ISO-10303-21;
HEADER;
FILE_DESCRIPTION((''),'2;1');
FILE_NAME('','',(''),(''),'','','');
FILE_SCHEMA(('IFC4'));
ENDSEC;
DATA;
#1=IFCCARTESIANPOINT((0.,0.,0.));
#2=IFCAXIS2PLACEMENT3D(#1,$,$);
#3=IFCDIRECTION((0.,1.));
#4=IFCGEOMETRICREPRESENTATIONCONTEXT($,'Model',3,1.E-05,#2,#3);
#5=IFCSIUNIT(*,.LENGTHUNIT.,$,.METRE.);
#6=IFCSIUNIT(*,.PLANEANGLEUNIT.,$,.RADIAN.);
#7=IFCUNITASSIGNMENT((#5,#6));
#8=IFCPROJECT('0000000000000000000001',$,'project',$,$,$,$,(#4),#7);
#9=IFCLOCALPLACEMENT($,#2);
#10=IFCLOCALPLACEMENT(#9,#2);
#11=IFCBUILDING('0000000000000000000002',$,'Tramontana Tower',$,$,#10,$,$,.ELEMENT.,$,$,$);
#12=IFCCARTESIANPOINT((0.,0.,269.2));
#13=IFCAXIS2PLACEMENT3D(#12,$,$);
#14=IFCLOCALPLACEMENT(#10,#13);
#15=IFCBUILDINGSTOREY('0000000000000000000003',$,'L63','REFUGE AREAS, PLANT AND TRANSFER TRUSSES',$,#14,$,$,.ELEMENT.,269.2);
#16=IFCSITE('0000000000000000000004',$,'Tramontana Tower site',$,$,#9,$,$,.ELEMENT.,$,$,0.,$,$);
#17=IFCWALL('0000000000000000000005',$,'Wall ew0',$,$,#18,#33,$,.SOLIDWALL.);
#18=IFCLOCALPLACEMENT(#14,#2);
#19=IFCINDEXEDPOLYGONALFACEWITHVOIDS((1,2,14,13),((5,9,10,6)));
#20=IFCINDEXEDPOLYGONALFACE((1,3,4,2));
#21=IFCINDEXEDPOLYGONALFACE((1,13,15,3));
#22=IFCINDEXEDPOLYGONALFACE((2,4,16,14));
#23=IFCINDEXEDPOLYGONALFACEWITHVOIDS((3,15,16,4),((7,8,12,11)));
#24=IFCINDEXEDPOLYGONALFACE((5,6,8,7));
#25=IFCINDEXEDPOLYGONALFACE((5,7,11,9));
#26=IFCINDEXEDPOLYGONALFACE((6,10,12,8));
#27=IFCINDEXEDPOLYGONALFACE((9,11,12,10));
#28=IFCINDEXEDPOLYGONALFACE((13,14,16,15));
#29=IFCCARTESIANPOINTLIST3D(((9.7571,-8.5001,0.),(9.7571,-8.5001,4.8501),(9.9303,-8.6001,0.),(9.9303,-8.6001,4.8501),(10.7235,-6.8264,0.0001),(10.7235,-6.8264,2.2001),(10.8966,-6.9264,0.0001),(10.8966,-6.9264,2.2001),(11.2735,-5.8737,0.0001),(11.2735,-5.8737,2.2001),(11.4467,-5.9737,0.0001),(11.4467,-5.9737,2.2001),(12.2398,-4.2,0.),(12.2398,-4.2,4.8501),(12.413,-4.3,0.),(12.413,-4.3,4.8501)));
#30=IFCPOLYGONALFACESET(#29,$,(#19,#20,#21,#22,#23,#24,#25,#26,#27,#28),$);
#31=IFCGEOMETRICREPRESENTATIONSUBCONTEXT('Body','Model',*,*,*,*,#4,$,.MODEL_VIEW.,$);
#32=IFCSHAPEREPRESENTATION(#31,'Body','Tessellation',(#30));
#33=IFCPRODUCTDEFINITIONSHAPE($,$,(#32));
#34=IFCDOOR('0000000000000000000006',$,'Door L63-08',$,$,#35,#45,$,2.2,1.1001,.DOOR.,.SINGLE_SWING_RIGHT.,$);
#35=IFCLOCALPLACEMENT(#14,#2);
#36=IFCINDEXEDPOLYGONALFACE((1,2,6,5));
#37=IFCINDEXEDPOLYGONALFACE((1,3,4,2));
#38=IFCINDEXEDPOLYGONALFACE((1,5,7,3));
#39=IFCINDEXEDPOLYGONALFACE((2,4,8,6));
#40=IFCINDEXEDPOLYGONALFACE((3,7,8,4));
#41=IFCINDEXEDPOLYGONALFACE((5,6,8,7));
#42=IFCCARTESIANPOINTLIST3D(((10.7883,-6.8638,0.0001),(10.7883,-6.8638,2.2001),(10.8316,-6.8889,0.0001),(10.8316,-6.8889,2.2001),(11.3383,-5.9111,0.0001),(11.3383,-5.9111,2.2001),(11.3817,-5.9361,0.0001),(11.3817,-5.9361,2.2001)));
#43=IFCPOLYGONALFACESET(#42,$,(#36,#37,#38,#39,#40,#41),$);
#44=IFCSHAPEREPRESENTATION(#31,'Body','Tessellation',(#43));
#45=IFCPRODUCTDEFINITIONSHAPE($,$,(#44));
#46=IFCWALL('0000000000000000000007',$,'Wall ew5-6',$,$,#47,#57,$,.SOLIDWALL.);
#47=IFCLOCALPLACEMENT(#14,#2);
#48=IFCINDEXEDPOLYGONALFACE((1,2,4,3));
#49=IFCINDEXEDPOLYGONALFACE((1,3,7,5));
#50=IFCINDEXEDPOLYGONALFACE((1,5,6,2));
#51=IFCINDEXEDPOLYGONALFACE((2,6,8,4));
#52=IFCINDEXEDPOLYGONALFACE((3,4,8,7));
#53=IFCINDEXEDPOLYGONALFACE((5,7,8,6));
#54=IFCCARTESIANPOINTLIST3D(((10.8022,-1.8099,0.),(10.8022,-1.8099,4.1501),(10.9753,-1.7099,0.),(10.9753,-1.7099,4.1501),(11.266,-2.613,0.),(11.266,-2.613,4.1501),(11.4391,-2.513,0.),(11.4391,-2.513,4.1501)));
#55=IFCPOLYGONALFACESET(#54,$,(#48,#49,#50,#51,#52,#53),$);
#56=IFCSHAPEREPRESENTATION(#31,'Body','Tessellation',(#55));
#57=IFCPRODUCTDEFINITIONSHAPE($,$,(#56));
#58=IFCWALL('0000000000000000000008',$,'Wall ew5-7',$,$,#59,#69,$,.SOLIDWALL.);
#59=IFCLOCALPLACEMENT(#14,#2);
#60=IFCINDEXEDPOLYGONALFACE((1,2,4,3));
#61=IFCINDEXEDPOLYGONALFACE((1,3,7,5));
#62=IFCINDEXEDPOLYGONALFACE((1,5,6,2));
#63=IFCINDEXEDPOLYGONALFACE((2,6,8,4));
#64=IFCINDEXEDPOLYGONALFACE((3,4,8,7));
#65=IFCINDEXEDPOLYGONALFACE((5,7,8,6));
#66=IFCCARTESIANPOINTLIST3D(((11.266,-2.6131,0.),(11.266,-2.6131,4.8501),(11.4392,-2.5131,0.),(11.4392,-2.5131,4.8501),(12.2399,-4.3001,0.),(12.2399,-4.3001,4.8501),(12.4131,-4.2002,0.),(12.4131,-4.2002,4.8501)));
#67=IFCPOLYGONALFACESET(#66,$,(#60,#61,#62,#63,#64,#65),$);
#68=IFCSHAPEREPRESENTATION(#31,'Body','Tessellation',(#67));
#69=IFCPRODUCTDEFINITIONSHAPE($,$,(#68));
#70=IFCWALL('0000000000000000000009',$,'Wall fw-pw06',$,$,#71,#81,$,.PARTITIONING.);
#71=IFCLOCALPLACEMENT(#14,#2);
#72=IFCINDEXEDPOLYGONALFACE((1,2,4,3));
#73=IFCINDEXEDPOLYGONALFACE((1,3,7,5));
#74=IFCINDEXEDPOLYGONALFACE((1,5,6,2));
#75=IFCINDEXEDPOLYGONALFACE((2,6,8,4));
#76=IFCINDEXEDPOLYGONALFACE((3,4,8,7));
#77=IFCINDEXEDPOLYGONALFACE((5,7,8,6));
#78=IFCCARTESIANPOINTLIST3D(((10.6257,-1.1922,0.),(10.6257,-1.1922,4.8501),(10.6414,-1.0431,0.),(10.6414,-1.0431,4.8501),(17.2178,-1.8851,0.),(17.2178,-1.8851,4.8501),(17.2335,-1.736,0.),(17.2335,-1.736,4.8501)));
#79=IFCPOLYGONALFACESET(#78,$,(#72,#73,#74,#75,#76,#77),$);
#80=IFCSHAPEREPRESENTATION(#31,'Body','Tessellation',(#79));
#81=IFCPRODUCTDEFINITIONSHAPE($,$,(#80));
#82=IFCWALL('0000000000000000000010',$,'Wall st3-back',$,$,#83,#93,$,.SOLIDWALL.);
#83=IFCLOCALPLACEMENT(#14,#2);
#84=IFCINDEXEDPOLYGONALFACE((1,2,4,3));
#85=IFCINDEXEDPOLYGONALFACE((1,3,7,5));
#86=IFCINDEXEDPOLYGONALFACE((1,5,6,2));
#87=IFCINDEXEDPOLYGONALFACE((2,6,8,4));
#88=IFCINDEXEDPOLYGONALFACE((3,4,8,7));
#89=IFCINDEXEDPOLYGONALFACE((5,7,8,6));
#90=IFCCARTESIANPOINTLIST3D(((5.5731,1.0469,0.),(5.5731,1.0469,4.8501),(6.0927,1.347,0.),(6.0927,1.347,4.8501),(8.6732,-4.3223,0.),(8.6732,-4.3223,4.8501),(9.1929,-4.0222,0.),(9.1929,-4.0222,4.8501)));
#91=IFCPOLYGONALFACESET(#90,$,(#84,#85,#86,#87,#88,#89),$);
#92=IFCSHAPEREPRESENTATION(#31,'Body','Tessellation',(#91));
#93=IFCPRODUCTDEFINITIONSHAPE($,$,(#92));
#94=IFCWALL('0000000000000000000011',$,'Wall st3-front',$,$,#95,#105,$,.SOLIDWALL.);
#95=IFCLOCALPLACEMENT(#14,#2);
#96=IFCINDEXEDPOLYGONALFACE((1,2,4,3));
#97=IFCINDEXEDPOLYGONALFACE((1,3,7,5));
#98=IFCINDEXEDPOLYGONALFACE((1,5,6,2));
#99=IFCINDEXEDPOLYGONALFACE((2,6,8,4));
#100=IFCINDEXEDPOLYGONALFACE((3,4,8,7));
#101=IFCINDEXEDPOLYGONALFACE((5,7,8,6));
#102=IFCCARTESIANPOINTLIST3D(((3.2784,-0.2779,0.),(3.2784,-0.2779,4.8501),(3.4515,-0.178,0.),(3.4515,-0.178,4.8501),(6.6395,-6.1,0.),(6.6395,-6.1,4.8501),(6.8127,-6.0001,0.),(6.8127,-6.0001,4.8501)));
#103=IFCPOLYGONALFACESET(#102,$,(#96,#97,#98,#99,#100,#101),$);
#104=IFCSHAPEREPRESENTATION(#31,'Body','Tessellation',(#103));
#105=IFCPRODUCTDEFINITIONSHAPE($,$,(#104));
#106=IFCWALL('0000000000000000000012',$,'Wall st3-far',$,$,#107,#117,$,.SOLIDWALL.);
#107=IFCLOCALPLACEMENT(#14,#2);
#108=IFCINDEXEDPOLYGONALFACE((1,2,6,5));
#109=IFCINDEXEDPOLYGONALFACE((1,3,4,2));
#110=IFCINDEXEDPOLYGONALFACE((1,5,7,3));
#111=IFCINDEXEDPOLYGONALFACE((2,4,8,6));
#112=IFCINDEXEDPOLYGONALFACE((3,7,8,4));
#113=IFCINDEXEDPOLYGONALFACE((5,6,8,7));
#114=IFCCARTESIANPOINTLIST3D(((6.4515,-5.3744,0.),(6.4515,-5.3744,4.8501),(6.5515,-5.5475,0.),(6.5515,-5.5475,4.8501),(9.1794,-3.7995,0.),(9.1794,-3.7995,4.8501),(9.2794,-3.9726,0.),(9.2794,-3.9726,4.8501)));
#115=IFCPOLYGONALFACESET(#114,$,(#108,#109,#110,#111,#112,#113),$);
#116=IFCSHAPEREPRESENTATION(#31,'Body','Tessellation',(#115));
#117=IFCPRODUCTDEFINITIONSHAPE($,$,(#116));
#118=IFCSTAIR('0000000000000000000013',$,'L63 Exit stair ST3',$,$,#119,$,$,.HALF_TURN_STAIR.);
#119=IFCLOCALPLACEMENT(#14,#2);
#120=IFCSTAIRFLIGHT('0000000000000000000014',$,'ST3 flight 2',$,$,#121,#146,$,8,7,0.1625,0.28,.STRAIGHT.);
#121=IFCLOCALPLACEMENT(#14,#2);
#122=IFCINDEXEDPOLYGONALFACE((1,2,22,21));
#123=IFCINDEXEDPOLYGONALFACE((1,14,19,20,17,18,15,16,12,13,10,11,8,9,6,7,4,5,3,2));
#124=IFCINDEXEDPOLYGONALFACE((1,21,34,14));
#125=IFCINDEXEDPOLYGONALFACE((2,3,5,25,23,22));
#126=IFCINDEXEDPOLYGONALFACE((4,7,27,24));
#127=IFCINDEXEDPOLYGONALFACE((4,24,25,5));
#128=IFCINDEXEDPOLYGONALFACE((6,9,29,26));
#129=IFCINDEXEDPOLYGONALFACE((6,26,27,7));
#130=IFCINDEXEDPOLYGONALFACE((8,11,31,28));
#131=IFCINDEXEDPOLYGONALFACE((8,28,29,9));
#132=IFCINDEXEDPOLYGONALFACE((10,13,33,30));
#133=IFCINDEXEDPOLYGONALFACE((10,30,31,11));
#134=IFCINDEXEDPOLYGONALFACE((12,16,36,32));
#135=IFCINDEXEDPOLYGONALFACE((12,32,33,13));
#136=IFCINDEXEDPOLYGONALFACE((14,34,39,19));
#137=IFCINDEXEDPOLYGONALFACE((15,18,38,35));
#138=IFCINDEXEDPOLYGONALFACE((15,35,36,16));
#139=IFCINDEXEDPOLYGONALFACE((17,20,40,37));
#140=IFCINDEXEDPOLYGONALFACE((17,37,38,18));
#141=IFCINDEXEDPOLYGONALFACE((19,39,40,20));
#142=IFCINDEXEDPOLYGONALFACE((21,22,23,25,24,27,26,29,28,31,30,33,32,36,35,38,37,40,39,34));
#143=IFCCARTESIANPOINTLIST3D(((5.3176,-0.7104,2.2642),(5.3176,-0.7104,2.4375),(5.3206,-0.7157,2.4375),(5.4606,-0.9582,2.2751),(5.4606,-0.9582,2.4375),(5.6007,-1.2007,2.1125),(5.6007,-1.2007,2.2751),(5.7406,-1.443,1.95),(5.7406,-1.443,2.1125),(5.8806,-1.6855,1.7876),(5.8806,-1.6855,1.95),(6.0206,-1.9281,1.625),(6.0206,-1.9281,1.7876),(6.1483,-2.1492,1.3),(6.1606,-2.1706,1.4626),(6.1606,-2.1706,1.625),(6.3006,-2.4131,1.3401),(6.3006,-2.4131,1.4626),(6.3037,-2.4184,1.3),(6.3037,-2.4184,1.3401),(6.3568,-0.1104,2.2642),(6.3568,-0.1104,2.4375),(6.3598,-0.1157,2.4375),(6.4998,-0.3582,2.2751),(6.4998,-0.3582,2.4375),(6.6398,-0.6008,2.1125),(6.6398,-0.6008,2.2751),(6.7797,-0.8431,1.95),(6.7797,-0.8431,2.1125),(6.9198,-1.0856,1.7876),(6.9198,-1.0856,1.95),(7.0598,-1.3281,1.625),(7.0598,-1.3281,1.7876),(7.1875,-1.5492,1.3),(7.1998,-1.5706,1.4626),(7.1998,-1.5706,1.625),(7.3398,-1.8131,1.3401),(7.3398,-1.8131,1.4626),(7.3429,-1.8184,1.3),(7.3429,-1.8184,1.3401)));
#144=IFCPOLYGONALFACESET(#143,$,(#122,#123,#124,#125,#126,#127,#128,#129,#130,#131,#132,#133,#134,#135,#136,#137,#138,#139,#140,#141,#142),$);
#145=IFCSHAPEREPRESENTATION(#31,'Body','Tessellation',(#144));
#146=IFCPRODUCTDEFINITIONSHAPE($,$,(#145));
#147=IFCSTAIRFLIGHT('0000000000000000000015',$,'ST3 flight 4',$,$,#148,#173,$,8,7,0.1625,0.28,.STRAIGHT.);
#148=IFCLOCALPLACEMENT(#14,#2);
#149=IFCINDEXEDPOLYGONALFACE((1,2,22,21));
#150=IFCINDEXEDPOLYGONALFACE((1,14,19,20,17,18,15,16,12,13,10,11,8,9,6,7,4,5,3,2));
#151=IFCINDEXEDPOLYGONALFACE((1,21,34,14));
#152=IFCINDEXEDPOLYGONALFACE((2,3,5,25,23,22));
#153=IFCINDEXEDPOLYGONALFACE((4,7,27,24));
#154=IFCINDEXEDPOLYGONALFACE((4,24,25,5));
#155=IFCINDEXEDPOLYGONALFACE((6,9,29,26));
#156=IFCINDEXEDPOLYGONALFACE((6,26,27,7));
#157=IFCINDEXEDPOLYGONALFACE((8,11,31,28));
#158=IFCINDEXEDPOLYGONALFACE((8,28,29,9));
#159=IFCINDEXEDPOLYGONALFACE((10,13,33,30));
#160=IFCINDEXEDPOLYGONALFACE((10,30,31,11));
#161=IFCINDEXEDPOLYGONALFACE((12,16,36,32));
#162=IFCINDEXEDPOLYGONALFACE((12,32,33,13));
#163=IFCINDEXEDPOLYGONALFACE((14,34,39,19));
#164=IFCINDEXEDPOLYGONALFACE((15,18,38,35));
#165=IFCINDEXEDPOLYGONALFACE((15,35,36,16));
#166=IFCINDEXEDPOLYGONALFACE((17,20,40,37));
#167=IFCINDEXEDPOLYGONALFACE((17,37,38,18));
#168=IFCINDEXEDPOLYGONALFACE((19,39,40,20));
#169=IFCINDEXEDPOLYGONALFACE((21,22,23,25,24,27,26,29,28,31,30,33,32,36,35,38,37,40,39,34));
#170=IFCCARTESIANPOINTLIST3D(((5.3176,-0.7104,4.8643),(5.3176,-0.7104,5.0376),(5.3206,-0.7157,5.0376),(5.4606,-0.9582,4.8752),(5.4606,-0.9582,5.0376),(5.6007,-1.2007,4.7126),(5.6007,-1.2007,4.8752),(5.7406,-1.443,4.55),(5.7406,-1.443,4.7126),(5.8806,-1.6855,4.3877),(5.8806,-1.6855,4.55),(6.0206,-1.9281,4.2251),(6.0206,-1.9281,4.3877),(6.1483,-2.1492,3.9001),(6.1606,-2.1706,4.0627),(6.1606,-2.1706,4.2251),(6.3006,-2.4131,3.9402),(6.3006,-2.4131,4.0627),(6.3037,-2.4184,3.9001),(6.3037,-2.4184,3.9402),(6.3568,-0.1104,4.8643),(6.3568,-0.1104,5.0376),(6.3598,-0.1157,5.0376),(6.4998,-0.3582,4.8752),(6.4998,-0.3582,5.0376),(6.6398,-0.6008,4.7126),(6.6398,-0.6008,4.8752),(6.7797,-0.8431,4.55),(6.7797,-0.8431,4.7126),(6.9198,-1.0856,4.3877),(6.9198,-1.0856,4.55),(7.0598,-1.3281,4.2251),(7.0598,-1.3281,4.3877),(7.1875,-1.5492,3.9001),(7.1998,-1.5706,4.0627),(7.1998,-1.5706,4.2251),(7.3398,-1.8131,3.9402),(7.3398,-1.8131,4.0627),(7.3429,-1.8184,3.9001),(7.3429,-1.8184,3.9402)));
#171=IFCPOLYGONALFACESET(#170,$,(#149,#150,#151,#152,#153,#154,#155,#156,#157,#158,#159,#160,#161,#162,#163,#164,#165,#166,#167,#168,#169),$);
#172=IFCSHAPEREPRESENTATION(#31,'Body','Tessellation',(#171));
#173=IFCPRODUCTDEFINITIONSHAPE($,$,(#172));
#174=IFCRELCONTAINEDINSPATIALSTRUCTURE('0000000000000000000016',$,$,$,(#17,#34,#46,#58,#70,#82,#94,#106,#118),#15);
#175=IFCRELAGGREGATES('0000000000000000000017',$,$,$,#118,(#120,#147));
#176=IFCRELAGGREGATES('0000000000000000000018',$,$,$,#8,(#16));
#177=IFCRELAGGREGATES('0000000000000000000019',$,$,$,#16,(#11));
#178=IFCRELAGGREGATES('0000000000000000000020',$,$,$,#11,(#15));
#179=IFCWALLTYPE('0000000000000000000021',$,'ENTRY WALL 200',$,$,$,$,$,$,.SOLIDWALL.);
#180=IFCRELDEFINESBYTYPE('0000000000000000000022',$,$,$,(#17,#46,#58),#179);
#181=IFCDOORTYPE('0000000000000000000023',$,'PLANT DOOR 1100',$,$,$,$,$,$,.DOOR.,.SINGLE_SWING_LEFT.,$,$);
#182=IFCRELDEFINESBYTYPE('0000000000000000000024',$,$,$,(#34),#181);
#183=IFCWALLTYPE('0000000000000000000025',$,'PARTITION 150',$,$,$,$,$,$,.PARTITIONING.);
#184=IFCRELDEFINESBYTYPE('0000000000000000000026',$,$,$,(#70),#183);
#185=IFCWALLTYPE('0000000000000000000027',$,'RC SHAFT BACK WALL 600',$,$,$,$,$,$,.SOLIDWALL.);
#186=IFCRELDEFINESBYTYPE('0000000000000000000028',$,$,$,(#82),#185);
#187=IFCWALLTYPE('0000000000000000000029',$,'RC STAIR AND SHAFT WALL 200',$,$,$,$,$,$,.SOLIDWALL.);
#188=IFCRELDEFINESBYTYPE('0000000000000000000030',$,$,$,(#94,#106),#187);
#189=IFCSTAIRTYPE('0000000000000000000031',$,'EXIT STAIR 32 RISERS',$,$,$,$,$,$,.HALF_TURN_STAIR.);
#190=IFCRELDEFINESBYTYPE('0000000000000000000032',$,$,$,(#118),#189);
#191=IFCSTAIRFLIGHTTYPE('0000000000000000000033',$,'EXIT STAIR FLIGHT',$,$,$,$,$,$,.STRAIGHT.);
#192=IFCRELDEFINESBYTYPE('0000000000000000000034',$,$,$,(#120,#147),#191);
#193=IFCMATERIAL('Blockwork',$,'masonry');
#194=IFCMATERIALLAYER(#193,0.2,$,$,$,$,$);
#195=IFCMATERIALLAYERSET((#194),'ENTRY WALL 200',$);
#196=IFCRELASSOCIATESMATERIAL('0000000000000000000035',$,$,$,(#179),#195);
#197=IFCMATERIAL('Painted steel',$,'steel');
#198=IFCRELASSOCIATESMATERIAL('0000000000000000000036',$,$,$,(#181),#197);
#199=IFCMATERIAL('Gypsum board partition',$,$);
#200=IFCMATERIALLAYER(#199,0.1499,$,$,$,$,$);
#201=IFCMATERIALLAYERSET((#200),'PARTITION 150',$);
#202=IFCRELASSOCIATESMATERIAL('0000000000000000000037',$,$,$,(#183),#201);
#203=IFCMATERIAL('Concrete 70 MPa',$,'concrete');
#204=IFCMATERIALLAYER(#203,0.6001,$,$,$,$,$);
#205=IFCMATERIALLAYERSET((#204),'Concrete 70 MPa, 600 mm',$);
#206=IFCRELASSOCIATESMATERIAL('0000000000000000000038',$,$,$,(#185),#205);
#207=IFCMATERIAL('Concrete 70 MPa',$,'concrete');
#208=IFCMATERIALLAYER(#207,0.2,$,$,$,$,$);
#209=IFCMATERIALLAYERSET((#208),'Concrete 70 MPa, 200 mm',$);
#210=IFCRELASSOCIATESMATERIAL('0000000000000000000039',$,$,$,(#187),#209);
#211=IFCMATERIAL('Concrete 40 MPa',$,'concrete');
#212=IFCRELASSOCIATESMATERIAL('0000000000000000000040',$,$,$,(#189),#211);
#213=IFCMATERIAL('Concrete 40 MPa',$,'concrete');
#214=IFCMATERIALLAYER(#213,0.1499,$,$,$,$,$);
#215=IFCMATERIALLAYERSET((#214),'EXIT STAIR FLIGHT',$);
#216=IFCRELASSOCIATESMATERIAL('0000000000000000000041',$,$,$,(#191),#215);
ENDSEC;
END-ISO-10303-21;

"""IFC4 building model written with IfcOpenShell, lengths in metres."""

from ifc_helpers import new_model, si_unit, direction, frame, frame_2d, origin, place, context, subcontext, project, spatial, polyline, rectangle, outline, extrude, material, layer, layer_set, type_object, element, fill, aggregate, save


model = new_model("IFC4")

# Units and contexts
model_context = context("Model", 3, precision=1e-05, world=origin(), true_north=direction((0.0, 1.0)))
body_context = subcontext(model_context, "Body", "Model", "MODEL_VIEW")
ifc_project = project(units=[si_unit("LENGTHUNIT", "METRE"), si_unit("PLANEANGLEUNIT", "RADIAN")], contexts=[model_context])

# Site, building, storey
site_placement = place(None, origin())
site = spatial("IfcSite", under=ifc_project, at=site_placement, Name="Tramontana Tower site", CompositionType="ELEMENT", RefElevation=0.0)
building_placement = place(site_placement, origin())
building = spatial("IfcBuilding", under=site, at=building_placement, Name="Tramontana Tower", CompositionType="ELEMENT")
storey_placement = place(building_placement, frame((0.0, 0.0, 269.2)))
storey = spatial("IfcBuildingStorey", under=building, at=storey_placement, Name="L63", Description="REFUGE AREAS, PLANT AND TRANSFER TRUSSES", CompositionType="ELEMENT", Elevation=269.2)

# Wall, opening, door
ifc_material_1 = material(Name="Blockwork", Category="masonry")
ifc_layer_1 = layer(ifc_material_1, 0.2)
ifc_layer_set_1 = layer_set([ifc_layer_1], Name="ENTRY WALL 200")
wall_type_1 = type_object("IfcWallType", Name="ENTRY WALL 200", PredefinedType="SOLIDWALL", material=ifc_layer_set_1)
wall_1_placement = place(storey_placement, frame((12.3264, -4.25, 0.0), z_axis=(0.0, 0.0, 1.0), x_axis=(-0.500005, -0.866023, 0.0)))
wall_1 = element("IfcWall", 1, at=wall_1_placement, inside=storey, type_object=wall_type_1, Name="Wall ew0", PredefinedType="SOLIDWALL", context=body_context, shape_type="SweptSolid", body=[
    extrude(rectangle(XDim=4.9653, YDim=0.2, at=frame_2d((2.4827, 0.0))), origin(), (0.0, 0.0, 1.0), 4.8501),
])
opening_1_placement = place(wall_1_placement, frame((1.9326, 0.0, 0.0)))
opening_1 = element("IfcOpeningElement", 2, at=opening_1_placement, cuts=wall_1, PredefinedType="OPENING", context=body_context, shape_type="SweptSolid", body=[
    extrude(rectangle(XDim=1.1001, YDim=2.2, at=frame_2d((0.55, 1.1001))), frame((0.0, 0.1099, 0.0), z_axis=(0.0, -1.0, 0.0), x_axis=(1.0, 0.0, 0.0)), (0.0, 0.0, 1.0), 0.22),
])
ifc_material_2 = material(Name="Painted steel", Category="steel")
door_type_1 = type_object("IfcDoorType", Name="PLANT DOOR 1100", OperationType="SINGLE_SWING_LEFT", PredefinedType="DOOR", material=ifc_material_2)
door_1_placement = place(opening_1_placement, origin())
door_1 = element("IfcDoor", 3, at=door_1_placement, inside=storey, type_object=door_type_1, Name="Door L63-08", OperationType="SINGLE_SWING_RIGHT", OverallHeight=2.2, OverallWidth=1.1001, PredefinedType="DOOR", context=body_context, shape_type="SweptSolid", body=[
    extrude(rectangle(XDim=1.1001, YDim=2.2, at=frame_2d((0.55, 1.1001))), frame((0.0, 0.0249, 0.0), z_axis=(0.0, -1.0, 0.0), x_axis=(1.0, 0.0, 0.0)), (0.0, 0.0, 1.0), 0.05),
])
fill(opening_1, door_1)

# Walls
wall_2_placement = place(storey_placement, frame((10.8887, -1.7598, 0.0), z_axis=(0.0, 0.0, 1.0), x_axis=(0.500102, -0.865966, 0.0)))
element("IfcWall", 4, at=wall_2_placement, inside=storey, type_object=wall_type_1, Name="Wall ew5-6", PredefinedType="SOLIDWALL", context=body_context, shape_type="SweptSolid", body=[
    extrude(rectangle(XDim=0.9275, YDim=0.2, at=frame_2d((0.4639, 0.0))), origin(), (0.0, 0.0, 1.0), 4.1501),
])
wall_3_placement = place(storey_placement, frame((11.3525, -2.563, 0.0), z_axis=(0.0, 0.0, 1.0), x_axis=(0.499954, -0.866052, 0.0)))
element("IfcWall", 5, at=wall_3_placement, inside=storey, type_object=wall_type_1, Name="Wall ew5-7", PredefinedType="SOLIDWALL", context=body_context, shape_type="SweptSolid", body=[
    extrude(rectangle(XDim=1.948, YDim=0.2, at=frame_2d((0.9741, 0.0))), origin(), (0.0, 0.0, 1.0), 4.8501),
])
ifc_material_3 = material(Name="Gypsum board partition")
ifc_layer_2 = layer(ifc_material_3, 0.1499)
ifc_layer_set_2 = layer_set([ifc_layer_2], Name="PARTITION 150")
wall_type_2 = type_object("IfcWallType", Name="PARTITION 150", PredefinedType="PARTITIONING", material=ifc_layer_set_2)
wall_4_placement = place(storey_placement, frame((10.6335, -1.1177, 0.0), z_axis=(0.0, 0.0, 1.0), x_axis=(0.994522, -0.104531, 0.0)))
element("IfcWall", 6, at=wall_4_placement, inside=storey, type_object=wall_type_2, Name="Wall fw-pw06", PredefinedType="PARTITIONING", context=body_context, shape_type="SweptSolid", body=[
    extrude(rectangle(XDim=6.6284, YDim=0.1499, at=frame_2d((3.3142, 0.0))), origin(), (0.0, 0.0, 1.0), 4.8501),
])
ifc_material_4 = material(Name="Concrete 70 MPa", Category="concrete")
ifc_layer_3 = layer(ifc_material_4, 0.6001)
ifc_layer_set_3 = layer_set([ifc_layer_3], Name="Concrete 70 MPa, 600 mm")
wall_type_3 = type_object("IfcWallType", Name="RC SHAFT BACK WALL 600", PredefinedType="SOLIDWALL", material=ifc_layer_set_3)
wall_5_placement = place(storey_placement, frame((8.9331, -4.1724, 0.0), z_axis=(0.0, 0.0, 1.0), x_axis=(-0.500027, 0.86601, 0.0)))
element("IfcWall", 7, at=wall_5_placement, inside=storey, type_object=wall_type_3, Name="Wall st3-back", PredefinedType="SOLIDWALL", context=body_context, shape_type="SweptSolid", body=[
    extrude(rectangle(XDim=6.2, YDim=0.6001, at=frame_2d((3.1001, 0.0))), origin(), (0.0, 0.0, 1.0), 4.8501),
])
ifc_material_5 = material(Name="Concrete 70 MPa", Category="concrete")
ifc_layer_4 = layer(ifc_material_5, 0.2)
ifc_layer_set_4 = layer_set([ifc_layer_4], Name="Concrete 70 MPa, 200 mm")
wall_type_4 = type_object("IfcWallType", Name="RC STAIR AND SHAFT WALL 200", PredefinedType="SOLIDWALL", material=ifc_layer_set_4)
wall_6_placement = place(storey_placement, frame((6.7261, -6.05, 0.0), z_axis=(0.0, 0.0, 1.0), x_axis=(-0.499971, 0.866042, 0.0)))
element("IfcWall", 8, at=wall_6_placement, inside=storey, type_object=wall_type_4, Name="Wall st3-front", PredefinedType="SOLIDWALL", context=body_context, shape_type="SweptSolid", body=[
    extrude(rectangle(XDim=6.7227, YDim=0.2, at=frame_2d((3.3613, 0.0))), origin(), (0.0, 0.0, 1.0), 4.8501),
])
wall_7_placement = place(storey_placement, frame((6.5015, -5.4609, 0.0), z_axis=(0.0, 0.0, 1.0), x_axis=(0.866036, 0.499982, 0.0)))
element("IfcWall", 9, at=wall_7_placement, inside=storey, type_object=wall_type_4, Name="Wall st3-far", PredefinedType="SOLIDWALL", context=body_context, shape_type="SweptSolid", body=[
    extrude(rectangle(XDim=3.1499, YDim=0.2, at=frame_2d((1.575, 0.0))), origin(), (0.0, 0.0, 1.0), 4.8501),
])

# Stair, stair flights
ifc_material_6 = material(Name="Concrete 40 MPa", Category="concrete")
stair_type = type_object("IfcStairType", Name="EXIT STAIR 32 RISERS", PredefinedType="HALF_TURN_STAIR", material=ifc_material_6)
stair_placement = place(storey_placement, origin())
stair = element("IfcStair", 10, at=stair_placement, inside=storey, type_object=stair_type, Name="L63 Exit stair ST3", PredefinedType="HALF_TURN_STAIR")
ifc_material_7 = material(Name="Concrete 40 MPa", Category="concrete")
ifc_layer_5 = layer(ifc_material_7, 0.1499)
ifc_layer_set_5 = layer_set([ifc_layer_5], Name="EXIT STAIR FLIGHT")
stair_flight_type = type_object("IfcStairFlightType", Name="EXIT STAIR FLIGHT", PredefinedType="STRAIGHT", material=ifc_layer_set_5)
stair_flight_1_placement = place(storey_placement, frame((6.8203, -2.113, 1.3), z_axis=(0.0, 0.0, 1.0), x_axis=(-0.5, 0.866025, 0.0)))
stair_flight_1 = element("IfcStairFlight", 11, at=stair_flight_1_placement, type_object=stair_flight_type, Name="ST3 flight 2", NumberOfRisers=8, NumberOfTreads=7, PredefinedType="STRAIGHT", RiserHeight=0.1625, TreadLength=0.28, context=body_context, shape_type="SweptSolid", body=[
    extrude(outline(polyline([(-0.0061, 0.0), (-0.0061, 0.04), (0.0, 0.04), (0.0, 0.1626), (0.28, 0.1626), (0.28, 0.325), (0.5601, 0.325), (0.5601, 0.4875), (0.8401, 0.4875), (0.8401, 0.6499), (1.1201, 0.6499), (1.1201, 0.8125), (1.3999, 0.8125), (1.3999, 0.9751), (1.6799, 0.9751), (1.6799, 1.1375), (1.96, 1.1375), (1.9661, 1.1375), (1.9661, 0.9641), (0.3047, 0.0), (-0.0061, 0.0)])), frame((0.0, 0.6001, 0.0), z_axis=(0.0, -1.0, 0.0), x_axis=(1.0, 0.0, 0.0)), (0.0, 0.0, 1.0), 1.2),
])
stair_flight_2_placement = place(storey_placement, frame((6.8203, -2.113, 3.9001), z_axis=(0.0, 0.0, 1.0), x_axis=(-0.5, 0.866025, 0.0)))
stair_flight_2 = element("IfcStairFlight", 12, at=stair_flight_2_placement, type_object=stair_flight_type, Name="ST3 flight 4", NumberOfRisers=8, NumberOfTreads=7, PredefinedType="STRAIGHT", RiserHeight=0.1625, TreadLength=0.28, context=body_context, shape_type="SweptSolid", body=[
    extrude(outline(polyline([(-0.0061, 0.0), (-0.0061, 0.04), (0.0, 0.04), (0.0, 0.1626), (0.28, 0.1626), (0.28, 0.325), (0.5601, 0.325), (0.5601, 0.4875), (0.8401, 0.4875), (0.8401, 0.6499), (1.1201, 0.6499), (1.1201, 0.8125), (1.3999, 0.8125), (1.3999, 0.9751), (1.6799, 0.9751), (1.6799, 1.1375), (1.96, 1.1375), (1.9661, 1.1375), (1.9661, 0.9641), (0.3047, 0.0), (-0.0061, 0.0)])), frame((0.0, 0.6001, 0.0), z_axis=(0.0, -1.0, 0.0), x_axis=(1.0, 0.0, 0.0)), (0.0, 0.0, 1.0), 1.2),
])
aggregate(stair, [stair_flight_1, stair_flight_2])

save(model, "model.ifc")
